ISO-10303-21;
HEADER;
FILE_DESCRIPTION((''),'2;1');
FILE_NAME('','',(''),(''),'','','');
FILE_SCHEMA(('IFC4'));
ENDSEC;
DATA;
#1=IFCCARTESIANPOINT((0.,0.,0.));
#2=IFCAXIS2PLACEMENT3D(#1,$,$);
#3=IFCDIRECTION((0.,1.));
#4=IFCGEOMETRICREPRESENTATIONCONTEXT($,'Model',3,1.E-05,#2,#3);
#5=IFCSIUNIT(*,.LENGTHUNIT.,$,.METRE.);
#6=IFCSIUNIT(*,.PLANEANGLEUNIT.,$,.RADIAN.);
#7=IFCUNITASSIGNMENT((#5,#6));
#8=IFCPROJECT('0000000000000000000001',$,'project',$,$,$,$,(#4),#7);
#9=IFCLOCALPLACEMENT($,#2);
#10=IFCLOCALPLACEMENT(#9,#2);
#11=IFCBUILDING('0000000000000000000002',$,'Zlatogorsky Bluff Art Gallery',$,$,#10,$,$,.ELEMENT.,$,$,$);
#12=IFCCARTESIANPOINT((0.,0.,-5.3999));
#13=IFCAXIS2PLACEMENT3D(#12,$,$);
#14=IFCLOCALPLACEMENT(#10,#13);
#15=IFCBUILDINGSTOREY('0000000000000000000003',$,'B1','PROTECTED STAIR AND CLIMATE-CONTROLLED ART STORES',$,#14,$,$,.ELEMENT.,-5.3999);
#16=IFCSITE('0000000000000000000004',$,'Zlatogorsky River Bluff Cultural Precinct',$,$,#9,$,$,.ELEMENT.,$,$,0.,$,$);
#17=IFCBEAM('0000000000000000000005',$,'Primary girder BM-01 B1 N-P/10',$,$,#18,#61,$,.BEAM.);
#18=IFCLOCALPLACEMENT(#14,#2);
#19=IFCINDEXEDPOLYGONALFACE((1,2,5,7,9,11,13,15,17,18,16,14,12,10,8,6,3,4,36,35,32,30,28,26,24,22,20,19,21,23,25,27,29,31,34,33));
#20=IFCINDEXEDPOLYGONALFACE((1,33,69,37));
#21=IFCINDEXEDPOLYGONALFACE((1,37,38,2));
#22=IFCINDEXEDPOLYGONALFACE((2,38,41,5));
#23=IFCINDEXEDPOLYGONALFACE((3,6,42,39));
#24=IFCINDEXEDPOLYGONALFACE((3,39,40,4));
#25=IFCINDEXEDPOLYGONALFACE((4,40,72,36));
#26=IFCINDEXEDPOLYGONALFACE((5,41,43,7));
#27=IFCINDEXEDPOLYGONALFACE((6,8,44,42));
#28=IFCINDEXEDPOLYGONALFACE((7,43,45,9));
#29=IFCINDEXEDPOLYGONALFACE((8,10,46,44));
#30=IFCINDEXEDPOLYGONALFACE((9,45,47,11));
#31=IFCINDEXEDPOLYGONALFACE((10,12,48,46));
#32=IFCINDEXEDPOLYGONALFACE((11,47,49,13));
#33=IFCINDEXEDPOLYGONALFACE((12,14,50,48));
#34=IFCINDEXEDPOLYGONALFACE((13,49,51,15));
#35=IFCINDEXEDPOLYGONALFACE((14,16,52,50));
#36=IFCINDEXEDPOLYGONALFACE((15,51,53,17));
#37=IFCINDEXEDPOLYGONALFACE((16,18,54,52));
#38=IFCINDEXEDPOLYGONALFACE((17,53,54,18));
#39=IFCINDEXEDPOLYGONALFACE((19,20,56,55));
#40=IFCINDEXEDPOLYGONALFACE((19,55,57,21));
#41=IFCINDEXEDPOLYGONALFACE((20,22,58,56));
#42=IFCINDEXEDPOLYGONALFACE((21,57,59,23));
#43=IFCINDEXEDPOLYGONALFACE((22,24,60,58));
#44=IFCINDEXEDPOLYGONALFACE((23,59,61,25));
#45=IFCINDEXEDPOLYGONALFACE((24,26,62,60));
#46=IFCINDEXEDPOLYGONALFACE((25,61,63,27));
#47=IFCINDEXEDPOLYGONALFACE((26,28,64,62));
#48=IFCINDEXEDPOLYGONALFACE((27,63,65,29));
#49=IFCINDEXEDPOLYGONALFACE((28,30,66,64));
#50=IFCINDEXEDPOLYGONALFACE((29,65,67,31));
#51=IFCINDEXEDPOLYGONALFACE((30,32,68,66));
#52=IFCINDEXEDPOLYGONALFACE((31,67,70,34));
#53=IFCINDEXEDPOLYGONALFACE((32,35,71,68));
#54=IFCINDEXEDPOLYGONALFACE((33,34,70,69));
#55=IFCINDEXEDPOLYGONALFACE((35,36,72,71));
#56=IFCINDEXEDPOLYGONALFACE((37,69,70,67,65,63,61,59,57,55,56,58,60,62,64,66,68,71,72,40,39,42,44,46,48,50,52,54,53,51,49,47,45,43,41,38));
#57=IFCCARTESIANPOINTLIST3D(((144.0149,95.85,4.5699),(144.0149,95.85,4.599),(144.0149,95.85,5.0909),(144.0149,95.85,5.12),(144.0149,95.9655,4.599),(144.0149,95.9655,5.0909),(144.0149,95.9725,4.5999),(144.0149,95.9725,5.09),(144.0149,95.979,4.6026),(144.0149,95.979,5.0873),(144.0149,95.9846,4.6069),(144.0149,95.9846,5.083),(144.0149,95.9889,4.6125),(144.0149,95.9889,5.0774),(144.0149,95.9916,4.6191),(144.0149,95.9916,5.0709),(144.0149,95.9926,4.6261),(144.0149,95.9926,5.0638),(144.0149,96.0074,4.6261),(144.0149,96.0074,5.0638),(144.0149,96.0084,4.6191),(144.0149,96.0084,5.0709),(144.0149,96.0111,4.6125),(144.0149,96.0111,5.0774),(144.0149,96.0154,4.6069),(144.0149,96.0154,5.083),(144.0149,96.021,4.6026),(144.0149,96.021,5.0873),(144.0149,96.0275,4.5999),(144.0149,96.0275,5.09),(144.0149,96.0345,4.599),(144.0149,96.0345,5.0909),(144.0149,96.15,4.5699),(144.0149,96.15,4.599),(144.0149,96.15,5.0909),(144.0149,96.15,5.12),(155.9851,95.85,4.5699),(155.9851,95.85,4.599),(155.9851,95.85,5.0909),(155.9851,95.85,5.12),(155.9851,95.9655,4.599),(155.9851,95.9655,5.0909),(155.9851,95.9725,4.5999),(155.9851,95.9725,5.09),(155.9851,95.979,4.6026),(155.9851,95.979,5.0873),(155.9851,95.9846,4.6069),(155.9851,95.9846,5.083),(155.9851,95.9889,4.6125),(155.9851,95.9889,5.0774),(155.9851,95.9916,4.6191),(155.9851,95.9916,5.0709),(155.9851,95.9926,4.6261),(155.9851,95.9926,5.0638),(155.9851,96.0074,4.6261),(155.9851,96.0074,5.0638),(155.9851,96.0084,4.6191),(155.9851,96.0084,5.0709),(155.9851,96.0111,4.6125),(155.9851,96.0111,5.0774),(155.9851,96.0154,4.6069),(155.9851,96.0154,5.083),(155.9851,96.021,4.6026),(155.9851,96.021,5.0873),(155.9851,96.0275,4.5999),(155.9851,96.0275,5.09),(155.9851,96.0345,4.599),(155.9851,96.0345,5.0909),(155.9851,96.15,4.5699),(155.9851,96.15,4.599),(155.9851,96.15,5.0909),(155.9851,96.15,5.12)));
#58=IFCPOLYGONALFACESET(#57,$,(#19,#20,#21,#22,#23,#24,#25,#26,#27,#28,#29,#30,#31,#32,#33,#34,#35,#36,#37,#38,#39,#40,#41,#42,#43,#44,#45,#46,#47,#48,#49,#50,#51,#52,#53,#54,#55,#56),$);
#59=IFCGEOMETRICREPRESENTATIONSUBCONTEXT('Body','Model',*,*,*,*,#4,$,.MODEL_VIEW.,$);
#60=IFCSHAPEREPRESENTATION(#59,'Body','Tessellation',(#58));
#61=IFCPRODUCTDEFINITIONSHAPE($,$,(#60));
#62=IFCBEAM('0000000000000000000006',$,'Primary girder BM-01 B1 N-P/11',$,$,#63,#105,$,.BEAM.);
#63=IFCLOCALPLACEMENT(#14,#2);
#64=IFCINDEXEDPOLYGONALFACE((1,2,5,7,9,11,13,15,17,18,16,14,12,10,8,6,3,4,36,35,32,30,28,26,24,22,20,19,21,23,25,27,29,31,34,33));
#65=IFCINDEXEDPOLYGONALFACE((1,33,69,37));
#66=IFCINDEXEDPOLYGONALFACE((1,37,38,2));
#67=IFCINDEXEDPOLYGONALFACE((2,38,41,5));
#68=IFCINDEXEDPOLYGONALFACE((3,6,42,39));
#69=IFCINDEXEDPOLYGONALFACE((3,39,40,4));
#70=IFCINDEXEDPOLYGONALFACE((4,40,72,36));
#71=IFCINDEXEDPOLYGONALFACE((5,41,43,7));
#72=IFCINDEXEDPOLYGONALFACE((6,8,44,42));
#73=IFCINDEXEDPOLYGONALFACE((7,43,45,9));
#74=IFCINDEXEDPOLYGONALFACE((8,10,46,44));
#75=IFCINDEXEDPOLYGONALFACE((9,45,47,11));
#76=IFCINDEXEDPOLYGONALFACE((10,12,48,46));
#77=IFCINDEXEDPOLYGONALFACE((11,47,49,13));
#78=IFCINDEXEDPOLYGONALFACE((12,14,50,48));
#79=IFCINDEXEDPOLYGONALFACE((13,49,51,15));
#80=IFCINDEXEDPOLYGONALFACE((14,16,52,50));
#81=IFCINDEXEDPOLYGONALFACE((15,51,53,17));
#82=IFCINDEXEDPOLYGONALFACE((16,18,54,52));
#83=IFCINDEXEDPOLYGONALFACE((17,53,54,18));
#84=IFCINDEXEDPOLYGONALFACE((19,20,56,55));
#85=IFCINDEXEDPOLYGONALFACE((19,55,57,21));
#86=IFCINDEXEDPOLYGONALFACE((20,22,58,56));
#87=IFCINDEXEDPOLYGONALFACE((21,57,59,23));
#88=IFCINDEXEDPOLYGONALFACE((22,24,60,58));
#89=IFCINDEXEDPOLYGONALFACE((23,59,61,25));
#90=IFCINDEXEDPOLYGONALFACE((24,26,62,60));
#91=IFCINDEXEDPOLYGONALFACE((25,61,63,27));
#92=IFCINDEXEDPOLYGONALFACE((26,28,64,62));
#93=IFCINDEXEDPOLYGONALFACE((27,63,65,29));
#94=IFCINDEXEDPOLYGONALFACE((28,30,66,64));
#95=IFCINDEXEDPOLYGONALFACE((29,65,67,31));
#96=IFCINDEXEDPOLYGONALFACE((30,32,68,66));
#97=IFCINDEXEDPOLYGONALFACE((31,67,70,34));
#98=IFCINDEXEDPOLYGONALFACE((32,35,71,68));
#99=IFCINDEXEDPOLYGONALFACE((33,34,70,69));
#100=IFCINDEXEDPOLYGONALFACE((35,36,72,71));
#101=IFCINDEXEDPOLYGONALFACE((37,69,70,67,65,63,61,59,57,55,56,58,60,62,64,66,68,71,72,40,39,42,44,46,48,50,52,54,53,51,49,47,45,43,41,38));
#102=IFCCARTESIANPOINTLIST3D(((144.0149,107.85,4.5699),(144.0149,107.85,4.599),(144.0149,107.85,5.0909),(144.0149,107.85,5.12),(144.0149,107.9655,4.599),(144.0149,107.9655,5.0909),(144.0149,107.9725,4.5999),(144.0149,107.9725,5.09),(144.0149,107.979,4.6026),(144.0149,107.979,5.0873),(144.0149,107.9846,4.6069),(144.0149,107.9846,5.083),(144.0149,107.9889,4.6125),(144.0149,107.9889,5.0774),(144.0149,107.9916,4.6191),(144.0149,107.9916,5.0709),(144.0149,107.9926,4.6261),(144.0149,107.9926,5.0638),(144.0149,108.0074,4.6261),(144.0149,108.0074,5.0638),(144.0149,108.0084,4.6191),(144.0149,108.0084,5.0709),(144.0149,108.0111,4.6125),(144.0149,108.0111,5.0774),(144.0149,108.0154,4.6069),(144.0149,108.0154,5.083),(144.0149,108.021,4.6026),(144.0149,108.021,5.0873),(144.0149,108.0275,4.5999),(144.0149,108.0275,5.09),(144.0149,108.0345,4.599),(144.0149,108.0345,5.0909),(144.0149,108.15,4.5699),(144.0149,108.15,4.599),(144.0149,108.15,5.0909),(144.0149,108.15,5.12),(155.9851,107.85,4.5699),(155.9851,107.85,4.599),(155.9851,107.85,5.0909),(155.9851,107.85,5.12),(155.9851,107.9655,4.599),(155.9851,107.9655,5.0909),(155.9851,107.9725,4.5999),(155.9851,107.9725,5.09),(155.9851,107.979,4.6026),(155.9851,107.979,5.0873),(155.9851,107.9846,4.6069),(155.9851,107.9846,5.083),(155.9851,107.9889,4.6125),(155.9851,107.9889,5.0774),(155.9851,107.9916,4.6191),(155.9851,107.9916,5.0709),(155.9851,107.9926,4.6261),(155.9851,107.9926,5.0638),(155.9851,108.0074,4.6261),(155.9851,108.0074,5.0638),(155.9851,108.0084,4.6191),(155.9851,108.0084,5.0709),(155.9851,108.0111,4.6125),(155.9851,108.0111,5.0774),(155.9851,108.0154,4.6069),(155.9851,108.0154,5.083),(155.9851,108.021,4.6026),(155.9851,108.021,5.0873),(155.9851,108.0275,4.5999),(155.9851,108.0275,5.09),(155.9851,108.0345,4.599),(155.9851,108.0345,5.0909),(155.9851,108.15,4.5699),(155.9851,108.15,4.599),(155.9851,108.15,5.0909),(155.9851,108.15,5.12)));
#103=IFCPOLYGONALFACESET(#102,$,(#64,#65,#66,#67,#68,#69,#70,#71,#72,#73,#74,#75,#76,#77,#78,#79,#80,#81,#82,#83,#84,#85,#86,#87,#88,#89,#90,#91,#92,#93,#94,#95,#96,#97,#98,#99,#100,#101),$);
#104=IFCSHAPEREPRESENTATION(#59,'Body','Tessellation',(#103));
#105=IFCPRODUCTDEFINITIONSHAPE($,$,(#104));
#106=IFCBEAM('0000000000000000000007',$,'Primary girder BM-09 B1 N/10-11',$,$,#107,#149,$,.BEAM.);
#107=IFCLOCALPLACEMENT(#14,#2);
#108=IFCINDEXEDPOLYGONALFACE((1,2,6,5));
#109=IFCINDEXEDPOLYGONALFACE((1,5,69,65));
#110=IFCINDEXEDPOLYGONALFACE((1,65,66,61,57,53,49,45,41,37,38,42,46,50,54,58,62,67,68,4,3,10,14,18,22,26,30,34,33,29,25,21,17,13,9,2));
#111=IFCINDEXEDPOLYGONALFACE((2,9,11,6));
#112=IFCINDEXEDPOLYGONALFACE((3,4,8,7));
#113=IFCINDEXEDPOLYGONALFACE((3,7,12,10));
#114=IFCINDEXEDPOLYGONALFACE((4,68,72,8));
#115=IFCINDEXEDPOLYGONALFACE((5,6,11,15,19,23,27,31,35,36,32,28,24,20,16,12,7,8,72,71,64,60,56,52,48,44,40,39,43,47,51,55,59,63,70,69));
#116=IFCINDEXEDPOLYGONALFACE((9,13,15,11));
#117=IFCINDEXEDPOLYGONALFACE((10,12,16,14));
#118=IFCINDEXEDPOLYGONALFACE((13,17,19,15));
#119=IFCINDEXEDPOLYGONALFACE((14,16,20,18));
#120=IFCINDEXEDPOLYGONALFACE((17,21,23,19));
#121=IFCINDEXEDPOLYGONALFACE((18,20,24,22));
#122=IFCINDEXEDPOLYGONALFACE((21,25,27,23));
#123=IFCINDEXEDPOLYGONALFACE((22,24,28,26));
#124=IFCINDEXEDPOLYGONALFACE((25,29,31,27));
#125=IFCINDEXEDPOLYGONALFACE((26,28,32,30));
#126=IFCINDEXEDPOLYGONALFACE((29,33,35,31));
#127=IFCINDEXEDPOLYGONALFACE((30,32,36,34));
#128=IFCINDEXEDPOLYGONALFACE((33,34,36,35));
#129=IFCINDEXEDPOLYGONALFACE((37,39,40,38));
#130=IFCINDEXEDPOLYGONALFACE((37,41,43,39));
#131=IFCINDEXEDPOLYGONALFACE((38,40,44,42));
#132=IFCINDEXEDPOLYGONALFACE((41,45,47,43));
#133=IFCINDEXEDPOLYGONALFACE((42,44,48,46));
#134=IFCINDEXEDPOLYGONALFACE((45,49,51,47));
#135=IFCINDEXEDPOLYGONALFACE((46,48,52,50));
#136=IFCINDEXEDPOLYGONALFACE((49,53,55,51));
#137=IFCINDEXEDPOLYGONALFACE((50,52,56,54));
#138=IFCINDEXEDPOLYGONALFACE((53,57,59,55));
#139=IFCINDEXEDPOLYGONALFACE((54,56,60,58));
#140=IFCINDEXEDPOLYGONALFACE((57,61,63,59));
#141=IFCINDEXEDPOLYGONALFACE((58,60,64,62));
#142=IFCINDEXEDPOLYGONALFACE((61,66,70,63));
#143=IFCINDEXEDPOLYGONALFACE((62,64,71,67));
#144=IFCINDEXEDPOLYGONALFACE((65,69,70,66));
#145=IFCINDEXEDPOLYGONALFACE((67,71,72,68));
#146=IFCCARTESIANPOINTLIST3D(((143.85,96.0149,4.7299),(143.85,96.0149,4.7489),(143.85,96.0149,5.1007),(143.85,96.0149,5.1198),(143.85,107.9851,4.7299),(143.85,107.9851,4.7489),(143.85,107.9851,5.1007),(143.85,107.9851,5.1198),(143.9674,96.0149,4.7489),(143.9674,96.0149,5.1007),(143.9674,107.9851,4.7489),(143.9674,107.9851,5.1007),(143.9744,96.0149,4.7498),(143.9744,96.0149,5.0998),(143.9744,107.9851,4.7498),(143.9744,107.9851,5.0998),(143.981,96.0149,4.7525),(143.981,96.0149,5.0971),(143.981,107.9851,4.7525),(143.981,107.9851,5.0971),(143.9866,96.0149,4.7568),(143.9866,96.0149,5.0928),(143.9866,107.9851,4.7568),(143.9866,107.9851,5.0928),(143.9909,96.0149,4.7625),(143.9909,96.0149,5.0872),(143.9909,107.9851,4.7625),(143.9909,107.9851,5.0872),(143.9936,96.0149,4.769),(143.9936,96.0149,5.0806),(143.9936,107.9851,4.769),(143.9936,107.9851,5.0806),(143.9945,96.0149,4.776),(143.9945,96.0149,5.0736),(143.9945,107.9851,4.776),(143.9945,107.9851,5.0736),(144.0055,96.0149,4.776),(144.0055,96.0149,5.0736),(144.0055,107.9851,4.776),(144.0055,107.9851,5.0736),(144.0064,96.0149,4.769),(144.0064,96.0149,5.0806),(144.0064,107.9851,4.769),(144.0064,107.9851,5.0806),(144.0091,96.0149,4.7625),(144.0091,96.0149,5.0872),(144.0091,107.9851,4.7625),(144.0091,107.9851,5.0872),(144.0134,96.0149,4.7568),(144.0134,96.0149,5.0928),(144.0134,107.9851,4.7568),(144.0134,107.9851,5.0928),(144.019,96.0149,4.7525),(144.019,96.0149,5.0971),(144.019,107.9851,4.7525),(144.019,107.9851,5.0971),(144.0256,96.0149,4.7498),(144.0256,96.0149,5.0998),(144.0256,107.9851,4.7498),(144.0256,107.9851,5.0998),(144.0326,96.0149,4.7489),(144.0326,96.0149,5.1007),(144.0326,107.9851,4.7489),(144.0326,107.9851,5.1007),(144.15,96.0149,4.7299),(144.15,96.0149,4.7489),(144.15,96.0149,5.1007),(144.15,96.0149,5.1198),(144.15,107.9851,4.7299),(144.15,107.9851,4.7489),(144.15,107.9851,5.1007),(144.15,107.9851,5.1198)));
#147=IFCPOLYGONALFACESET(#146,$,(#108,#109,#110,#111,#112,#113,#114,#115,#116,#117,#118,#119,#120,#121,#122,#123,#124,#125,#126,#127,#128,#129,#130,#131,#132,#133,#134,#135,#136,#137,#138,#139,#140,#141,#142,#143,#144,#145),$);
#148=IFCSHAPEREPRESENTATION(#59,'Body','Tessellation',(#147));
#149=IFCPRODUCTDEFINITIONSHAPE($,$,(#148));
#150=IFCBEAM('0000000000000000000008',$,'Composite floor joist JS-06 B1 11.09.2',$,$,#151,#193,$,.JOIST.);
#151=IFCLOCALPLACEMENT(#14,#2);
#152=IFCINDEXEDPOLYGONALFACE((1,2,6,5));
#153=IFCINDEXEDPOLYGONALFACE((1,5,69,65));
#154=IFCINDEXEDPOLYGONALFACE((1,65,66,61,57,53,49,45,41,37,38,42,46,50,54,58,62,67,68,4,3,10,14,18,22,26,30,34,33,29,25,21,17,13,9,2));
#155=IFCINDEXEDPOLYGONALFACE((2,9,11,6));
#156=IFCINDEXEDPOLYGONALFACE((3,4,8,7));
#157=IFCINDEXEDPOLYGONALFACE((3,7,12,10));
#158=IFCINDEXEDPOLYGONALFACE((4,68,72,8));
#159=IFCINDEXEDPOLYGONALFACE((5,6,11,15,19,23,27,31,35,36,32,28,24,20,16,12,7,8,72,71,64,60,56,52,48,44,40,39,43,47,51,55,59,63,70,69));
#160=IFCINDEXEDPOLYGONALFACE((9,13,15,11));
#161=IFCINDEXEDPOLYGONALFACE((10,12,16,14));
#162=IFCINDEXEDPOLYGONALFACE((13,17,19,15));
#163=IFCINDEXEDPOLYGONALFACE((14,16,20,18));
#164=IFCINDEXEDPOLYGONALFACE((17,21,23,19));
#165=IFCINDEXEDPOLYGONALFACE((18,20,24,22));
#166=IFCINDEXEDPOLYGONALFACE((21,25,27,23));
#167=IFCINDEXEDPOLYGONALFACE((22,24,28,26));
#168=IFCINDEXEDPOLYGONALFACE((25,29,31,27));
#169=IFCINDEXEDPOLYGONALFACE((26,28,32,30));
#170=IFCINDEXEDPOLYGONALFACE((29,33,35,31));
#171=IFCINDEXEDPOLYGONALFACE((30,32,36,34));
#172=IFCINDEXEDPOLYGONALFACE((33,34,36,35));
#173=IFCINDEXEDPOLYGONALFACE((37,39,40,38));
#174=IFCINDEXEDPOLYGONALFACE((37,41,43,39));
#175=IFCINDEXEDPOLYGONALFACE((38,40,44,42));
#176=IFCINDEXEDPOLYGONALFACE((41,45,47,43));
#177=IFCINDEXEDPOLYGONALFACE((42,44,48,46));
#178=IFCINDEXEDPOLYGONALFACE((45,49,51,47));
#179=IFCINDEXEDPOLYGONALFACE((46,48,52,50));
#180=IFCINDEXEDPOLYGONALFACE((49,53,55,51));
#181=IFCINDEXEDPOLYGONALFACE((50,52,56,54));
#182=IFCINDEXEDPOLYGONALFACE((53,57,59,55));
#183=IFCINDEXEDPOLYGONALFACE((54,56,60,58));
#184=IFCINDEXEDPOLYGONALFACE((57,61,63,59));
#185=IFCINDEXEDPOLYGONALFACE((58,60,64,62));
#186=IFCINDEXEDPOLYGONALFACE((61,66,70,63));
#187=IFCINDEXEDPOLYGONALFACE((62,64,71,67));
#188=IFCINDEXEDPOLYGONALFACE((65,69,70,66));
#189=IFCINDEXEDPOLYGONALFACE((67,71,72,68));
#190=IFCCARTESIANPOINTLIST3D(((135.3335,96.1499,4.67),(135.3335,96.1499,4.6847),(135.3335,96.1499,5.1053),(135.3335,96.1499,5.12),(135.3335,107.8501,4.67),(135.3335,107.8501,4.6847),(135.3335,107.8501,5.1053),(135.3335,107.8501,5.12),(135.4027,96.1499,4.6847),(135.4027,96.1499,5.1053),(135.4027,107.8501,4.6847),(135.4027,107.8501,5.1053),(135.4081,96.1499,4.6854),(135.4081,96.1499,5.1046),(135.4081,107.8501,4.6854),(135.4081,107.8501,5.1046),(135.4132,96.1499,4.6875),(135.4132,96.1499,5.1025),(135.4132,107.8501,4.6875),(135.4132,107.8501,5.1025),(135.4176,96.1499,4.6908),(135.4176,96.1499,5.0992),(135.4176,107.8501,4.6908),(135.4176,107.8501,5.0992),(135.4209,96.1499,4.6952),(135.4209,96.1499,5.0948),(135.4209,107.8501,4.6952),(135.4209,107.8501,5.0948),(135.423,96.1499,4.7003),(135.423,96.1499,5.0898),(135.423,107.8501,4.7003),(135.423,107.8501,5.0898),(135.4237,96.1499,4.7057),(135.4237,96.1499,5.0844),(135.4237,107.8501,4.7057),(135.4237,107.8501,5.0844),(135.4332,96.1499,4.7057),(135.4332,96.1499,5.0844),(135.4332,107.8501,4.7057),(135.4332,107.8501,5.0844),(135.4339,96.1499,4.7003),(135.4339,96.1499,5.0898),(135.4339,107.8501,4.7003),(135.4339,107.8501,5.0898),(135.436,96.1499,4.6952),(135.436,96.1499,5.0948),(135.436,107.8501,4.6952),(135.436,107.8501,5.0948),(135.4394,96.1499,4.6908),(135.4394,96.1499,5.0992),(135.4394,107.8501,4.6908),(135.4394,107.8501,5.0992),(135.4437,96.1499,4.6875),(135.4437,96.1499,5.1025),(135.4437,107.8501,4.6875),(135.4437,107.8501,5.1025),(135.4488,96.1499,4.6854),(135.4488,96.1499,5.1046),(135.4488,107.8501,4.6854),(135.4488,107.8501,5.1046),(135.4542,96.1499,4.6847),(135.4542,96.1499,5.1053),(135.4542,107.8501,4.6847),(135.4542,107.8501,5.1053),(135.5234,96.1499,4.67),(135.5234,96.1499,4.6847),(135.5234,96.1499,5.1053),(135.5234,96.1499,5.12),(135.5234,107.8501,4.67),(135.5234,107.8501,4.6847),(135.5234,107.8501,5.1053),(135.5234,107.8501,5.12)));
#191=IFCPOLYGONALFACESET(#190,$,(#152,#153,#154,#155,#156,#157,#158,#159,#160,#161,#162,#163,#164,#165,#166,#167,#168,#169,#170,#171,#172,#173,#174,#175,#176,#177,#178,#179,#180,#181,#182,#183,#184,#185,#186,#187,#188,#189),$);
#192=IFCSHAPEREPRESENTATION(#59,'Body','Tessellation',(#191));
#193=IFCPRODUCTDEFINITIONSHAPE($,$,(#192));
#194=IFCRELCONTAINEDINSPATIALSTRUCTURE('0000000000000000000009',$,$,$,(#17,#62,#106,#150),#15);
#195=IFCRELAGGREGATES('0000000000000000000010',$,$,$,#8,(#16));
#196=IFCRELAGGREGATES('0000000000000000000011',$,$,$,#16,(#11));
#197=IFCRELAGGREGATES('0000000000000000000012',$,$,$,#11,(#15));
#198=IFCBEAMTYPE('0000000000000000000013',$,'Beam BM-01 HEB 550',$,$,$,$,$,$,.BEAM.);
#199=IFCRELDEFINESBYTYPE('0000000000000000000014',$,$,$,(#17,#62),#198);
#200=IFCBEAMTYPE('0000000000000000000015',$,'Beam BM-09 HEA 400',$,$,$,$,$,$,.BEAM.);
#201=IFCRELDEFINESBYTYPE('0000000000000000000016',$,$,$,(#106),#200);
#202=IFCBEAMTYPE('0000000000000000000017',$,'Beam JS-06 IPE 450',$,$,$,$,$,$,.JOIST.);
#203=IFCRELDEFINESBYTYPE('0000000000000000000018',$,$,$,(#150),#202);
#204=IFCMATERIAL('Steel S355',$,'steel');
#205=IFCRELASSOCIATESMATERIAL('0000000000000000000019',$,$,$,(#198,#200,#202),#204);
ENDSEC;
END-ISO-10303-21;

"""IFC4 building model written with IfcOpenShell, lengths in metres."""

from ifc_helpers import new_model, si_unit, direction, frame, origin, origin_2d, place, context, subcontext, project, spatial, i_section, extrude, material, material_profile, profile_set, type_object, element, save


model = new_model("IFC4")

# Units and contexts
model_context = context("Model", 3, precision=1e-05, world=origin(), true_north=direction((0.0, 1.0)))
body_context = subcontext(model_context, "Body", "Model", "MODEL_VIEW")
ifc_project = project(units=[si_unit("LENGTHUNIT", "METRE"), si_unit("PLANEANGLEUNIT", "RADIAN")], contexts=[model_context])

# Site, building, storey
site_placement = place(None, origin())
site = spatial("IfcSite", under=ifc_project, at=site_placement, Name="Zlatogorsky River Bluff Cultural Precinct", CompositionType="ELEMENT", RefElevation=0.0)
building_placement = place(site_placement, origin())
building = spatial("IfcBuilding", under=site, at=building_placement, Name="Zlatogorsky Bluff Art Gallery", CompositionType="ELEMENT")
storey_placement = place(building_placement, frame((0.0, 0.0, -5.3999)))
storey = spatial("IfcBuildingStorey", under=building, at=storey_placement, Name="B1", Description="PROTECTED STAIR AND CLIMATE-CONTROLLED ART STORES", CompositionType="ELEMENT", Elevation=-5.3999)

# Shared definitions
ifc_material_1 = material(Name="Steel S355", Category="steel")

# Beams
ifc_material_profile_1 = material_profile(ifc_material_1, i_section(OverallWidth=0.3, OverallDepth=0.55, WebThickness=0.0149, FlangeThickness=0.0291, FilletRadius=0.0271, at=origin_2d()), Name="HEB 550")
ifc_profile_set_1 = profile_set([ifc_material_profile_1], Name="Steel S355")
beam_type_1 = type_object("IfcBeamType", Name="Beam BM-01 HEB 550", PredefinedType="BEAM", material=ifc_profile_set_1)
for number, where, z_axis, x_axis, name in (
    (1, (144.0149, 96.0, 4.845), (1.0, 0.0, 0.0), (0.0, 1.0, 0.0), "Primary girder BM-01 B1 N-P/10"),
    (2, (144.0149, 108.0, 4.845), (1.0, 0.0, 0.0), (0.0, 1.0, 0.0), "Primary girder BM-01 B1 N-P/11"),
):
    element("IfcBeam", number, at=place(storey_placement, frame(where, z_axis=z_axis, x_axis=x_axis)), inside=storey, type_object=beam_type_1, Name=name, PredefinedType="BEAM", context=body_context, shape_type="SweptSolid", body=[
        extrude(i_section(OverallWidth=0.3, OverallDepth=0.55, WebThickness=0.0149, FlangeThickness=0.0291, FilletRadius=0.0271, at=origin_2d()), origin(), (0.0, 0.0, 1.0), 11.9702),
    ])
ifc_material_profile_2 = material_profile(ifc_material_1, i_section(OverallWidth=0.3, OverallDepth=0.3899, WebThickness=0.011, FlangeThickness=0.019, FilletRadius=0.0271, at=origin_2d()), Name="HEA 400")
ifc_profile_set_2 = profile_set([ifc_material_profile_2], Name="Steel S355")
beam_type_2 = type_object("IfcBeamType", Name="Beam BM-09 HEA 400", PredefinedType="BEAM", material=ifc_profile_set_2)
beam_placement = place(storey_placement, frame((144.0, 96.0149, 4.9248), z_axis=(0.0, 1.0, 0.0), x_axis=(-1.0, 0.0, 0.0)))
element("IfcBeam", 3, at=beam_placement, inside=storey, type_object=beam_type_2, Name="Primary girder BM-09 B1 N/10-11", PredefinedType="BEAM", context=body_context, shape_type="SweptSolid", body=[
    extrude(i_section(OverallWidth=0.3, OverallDepth=0.3899, WebThickness=0.011, FlangeThickness=0.019, FilletRadius=0.0271, at=origin_2d()), origin(), (0.0, 0.0, 1.0), 11.9702),
])
ifc_material_profile_3 = material_profile(ifc_material_1, i_section(OverallWidth=0.1899, OverallDepth=0.45, WebThickness=0.0095, FlangeThickness=0.0146, FilletRadius=0.021, at=origin_2d()), Name="IPE 450")
ifc_profile_set_3 = profile_set([ifc_material_profile_3], Name="Steel S355")
beam_type_3 = type_object("IfcBeamType", Name="Beam JS-06 IPE 450", PredefinedType="JOIST", material=ifc_profile_set_3)
for number, where, z_axis, x_axis, name in (
    (4, (135.4285, 96.1499, 4.895), (0.0, 1.0, 0.0), (-1.0, 0.0, 0.0), "Composite floor joist JS-06 B1 11.09.2"),
):
    element("IfcBeam", number, at=place(storey_placement, frame(where, z_axis=z_axis, x_axis=x_axis)), inside=storey, type_object=beam_type_3, Name=name, PredefinedType="JOIST", context=body_context, shape_type="SweptSolid", body=[
        extrude(i_section(OverallWidth=0.1899, OverallDepth=0.45, WebThickness=0.0095, FlangeThickness=0.0146, FilletRadius=0.021, at=origin_2d()), origin(), (0.0, 0.0, 1.0), 11.7002),
    ])

save(model, "model.ifc")
